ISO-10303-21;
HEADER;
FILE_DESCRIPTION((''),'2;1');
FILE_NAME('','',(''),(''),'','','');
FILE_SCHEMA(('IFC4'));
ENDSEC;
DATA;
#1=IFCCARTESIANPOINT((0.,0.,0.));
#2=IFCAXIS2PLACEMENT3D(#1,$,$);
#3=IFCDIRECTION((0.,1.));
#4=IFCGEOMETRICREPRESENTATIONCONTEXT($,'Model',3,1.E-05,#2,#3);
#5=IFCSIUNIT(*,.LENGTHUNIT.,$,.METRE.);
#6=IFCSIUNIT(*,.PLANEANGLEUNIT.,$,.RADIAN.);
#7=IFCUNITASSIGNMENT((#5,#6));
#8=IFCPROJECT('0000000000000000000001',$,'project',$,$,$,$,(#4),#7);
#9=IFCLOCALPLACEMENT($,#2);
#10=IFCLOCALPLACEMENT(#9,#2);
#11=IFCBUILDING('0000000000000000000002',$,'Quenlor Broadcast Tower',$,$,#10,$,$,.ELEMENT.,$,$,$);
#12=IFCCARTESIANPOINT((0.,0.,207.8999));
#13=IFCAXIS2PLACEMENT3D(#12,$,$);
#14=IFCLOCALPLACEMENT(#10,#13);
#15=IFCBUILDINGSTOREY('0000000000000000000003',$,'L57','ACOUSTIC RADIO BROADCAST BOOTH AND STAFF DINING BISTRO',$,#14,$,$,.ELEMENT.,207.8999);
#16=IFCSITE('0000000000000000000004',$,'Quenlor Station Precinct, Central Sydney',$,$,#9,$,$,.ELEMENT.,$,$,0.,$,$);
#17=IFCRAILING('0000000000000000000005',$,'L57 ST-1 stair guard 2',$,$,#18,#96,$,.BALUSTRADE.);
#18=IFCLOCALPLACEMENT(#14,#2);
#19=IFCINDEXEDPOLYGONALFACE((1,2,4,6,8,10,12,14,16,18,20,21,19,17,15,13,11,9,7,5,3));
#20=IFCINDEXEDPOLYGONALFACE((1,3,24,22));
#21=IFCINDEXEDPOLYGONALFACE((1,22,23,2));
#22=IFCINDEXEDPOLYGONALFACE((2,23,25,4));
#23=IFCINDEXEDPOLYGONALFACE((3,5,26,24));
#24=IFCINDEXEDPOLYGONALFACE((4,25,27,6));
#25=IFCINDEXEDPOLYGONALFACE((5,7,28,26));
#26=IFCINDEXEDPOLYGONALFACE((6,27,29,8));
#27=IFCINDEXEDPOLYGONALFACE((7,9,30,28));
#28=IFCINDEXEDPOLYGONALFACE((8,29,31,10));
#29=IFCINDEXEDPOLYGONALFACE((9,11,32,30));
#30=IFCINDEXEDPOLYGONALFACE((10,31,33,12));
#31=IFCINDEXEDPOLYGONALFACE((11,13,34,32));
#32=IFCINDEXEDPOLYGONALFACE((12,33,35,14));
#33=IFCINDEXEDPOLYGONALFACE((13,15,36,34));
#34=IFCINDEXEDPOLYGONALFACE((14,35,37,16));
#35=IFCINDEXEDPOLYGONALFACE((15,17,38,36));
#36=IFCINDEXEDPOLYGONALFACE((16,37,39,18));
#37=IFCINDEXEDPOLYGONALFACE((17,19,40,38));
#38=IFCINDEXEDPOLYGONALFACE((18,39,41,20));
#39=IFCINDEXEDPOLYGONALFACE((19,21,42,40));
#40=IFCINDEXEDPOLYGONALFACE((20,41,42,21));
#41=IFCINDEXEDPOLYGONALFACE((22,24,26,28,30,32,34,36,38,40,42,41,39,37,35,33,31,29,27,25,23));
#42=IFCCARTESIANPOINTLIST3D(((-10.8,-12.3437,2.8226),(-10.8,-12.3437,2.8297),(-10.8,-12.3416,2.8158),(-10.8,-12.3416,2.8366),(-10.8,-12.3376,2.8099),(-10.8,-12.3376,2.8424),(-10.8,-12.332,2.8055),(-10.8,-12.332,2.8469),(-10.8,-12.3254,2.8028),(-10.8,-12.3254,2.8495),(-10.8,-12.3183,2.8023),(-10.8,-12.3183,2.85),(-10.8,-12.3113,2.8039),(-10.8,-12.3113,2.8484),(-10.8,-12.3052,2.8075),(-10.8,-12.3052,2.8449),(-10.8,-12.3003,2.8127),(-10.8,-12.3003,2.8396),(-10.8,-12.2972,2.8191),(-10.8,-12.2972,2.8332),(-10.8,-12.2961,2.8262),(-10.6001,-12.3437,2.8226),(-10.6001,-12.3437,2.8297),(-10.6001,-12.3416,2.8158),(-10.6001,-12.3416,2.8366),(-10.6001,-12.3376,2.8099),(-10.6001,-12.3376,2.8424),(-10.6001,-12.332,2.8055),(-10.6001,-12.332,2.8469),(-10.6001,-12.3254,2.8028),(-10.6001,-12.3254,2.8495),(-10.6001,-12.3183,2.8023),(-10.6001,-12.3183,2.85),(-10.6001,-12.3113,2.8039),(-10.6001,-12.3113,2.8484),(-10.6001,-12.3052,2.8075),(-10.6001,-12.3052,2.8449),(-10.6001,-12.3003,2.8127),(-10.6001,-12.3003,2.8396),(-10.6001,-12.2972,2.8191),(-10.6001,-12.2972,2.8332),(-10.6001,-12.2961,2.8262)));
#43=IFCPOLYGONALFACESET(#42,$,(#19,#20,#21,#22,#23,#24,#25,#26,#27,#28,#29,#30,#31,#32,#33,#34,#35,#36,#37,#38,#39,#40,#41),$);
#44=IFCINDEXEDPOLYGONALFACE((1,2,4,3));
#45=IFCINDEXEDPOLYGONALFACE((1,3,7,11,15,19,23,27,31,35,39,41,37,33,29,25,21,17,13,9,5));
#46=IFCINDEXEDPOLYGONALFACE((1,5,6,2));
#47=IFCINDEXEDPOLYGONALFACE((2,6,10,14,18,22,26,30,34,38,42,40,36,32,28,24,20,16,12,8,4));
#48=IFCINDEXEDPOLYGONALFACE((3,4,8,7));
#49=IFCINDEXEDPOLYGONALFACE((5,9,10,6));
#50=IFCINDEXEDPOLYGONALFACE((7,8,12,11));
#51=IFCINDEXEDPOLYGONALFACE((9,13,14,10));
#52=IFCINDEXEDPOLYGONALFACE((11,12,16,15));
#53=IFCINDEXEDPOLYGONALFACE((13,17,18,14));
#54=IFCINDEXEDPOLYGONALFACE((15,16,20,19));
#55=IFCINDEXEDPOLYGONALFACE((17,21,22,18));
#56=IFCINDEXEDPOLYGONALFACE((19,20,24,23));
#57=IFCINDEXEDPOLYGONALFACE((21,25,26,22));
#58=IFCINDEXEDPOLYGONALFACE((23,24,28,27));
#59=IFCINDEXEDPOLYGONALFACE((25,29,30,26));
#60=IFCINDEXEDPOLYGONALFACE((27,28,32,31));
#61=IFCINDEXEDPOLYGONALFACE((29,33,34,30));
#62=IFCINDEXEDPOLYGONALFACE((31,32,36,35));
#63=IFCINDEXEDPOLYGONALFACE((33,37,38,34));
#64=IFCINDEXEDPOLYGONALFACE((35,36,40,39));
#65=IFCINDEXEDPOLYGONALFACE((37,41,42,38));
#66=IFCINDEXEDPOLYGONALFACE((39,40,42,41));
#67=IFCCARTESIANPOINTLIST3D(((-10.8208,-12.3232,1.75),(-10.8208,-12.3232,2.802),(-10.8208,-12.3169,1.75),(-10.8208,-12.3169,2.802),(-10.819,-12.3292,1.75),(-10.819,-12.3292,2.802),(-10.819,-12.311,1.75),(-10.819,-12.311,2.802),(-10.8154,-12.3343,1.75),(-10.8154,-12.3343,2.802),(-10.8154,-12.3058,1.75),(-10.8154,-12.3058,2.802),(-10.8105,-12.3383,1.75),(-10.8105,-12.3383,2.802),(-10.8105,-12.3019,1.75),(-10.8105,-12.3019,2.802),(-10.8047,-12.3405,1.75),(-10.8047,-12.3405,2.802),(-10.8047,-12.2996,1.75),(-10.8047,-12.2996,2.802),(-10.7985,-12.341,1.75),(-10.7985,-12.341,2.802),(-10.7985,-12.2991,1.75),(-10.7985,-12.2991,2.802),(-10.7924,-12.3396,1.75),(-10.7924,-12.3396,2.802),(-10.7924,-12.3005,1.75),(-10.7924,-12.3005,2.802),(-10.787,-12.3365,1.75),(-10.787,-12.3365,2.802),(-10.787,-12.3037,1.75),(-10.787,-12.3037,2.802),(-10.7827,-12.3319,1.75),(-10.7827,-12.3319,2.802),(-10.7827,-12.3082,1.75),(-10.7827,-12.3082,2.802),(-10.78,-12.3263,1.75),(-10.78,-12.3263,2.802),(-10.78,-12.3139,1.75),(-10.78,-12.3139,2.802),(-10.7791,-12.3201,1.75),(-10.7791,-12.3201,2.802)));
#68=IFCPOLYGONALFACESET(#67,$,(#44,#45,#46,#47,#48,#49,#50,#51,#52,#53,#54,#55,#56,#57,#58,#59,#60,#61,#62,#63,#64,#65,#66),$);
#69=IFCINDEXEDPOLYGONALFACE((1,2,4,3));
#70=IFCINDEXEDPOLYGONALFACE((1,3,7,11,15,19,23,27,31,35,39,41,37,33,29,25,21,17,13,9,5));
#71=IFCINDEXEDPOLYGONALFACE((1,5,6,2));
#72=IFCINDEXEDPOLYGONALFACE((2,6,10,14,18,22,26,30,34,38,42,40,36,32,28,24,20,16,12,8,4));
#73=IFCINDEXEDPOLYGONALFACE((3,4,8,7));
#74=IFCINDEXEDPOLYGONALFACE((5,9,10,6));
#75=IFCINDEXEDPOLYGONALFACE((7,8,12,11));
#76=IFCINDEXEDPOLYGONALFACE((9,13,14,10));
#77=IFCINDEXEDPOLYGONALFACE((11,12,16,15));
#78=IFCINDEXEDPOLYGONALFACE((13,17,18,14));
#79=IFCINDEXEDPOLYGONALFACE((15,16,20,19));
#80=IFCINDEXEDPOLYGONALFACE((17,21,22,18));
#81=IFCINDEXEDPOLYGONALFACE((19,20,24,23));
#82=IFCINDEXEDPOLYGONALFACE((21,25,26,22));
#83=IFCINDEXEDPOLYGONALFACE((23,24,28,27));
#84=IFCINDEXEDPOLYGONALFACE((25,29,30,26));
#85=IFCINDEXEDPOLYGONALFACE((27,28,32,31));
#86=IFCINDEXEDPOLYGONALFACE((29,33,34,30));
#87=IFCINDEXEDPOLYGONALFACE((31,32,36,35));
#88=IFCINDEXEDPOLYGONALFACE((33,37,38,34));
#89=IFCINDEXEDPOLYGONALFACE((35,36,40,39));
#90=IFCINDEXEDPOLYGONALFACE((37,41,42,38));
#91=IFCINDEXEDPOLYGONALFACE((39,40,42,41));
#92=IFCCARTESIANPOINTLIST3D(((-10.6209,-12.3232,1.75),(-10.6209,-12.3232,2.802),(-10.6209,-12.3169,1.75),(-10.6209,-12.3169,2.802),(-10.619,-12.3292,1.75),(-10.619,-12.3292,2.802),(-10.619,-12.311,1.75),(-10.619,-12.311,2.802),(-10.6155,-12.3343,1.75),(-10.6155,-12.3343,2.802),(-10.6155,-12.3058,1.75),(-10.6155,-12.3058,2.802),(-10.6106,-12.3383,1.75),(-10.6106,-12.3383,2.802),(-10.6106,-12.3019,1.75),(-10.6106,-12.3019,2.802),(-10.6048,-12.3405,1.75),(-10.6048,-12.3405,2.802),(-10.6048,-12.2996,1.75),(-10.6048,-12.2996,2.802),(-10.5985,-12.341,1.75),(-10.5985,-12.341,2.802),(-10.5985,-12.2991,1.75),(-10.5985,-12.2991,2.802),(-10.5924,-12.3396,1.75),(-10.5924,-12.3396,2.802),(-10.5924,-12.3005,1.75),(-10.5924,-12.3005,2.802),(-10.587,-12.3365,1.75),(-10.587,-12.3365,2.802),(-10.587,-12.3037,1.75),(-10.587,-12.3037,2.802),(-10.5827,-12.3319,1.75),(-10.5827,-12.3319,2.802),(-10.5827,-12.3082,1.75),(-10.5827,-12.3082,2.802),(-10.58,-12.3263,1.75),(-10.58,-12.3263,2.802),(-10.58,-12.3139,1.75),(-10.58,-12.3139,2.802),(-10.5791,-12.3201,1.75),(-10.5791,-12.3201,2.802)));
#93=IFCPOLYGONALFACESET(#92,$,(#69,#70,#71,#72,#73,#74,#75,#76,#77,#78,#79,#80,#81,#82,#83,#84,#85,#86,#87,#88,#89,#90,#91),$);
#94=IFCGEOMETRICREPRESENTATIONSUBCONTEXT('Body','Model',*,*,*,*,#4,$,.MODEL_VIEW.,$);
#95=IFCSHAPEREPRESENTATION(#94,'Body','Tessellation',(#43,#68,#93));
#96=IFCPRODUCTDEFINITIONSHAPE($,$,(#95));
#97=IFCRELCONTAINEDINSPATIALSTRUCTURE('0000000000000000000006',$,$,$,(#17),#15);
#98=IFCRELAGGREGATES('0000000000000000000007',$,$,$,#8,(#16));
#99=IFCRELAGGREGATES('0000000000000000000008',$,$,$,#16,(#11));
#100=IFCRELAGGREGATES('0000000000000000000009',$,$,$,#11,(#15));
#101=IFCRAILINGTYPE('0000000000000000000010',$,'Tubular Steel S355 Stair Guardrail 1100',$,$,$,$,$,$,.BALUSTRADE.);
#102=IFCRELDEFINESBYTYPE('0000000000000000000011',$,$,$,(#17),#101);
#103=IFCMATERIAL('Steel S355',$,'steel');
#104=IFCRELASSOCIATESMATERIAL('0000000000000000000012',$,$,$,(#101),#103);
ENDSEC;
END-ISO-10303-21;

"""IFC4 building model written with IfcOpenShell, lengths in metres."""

from ifc_helpers import new_model, si_unit, direction, frame, origin, origin_2d, place, context, subcontext, project, spatial, circle, extrude, material, type_object, element, save


model = new_model("IFC4")

# Units and contexts
model_context = context("Model", 3, precision=1e-05, world=origin(), true_north=direction((0.0, 1.0)))
body_context = subcontext(model_context, "Body", "Model", "MODEL_VIEW")
ifc_project = project(units=[si_unit("LENGTHUNIT", "METRE"), si_unit("PLANEANGLEUNIT", "RADIAN")], contexts=[model_context])

# Site, building, storey
site_placement = place(None, origin())
site = spatial("IfcSite", under=ifc_project, at=site_placement, Name="Quenlor Station Precinct, Central Sydney", CompositionType="ELEMENT", RefElevation=0.0)
building_placement = place(site_placement, origin())
building = spatial("IfcBuilding", under=site, at=building_placement, Name="Quenlor Broadcast Tower", CompositionType="ELEMENT")
storey_placement = place(building_placement, frame((0.0, 0.0, 207.8999)))
storey = spatial("IfcBuildingStorey", under=building, at=storey_placement, Name="L57", Description="ACOUSTIC RADIO BROADCAST BOOTH AND STAFF DINING BISTRO", CompositionType="ELEMENT", Elevation=207.8999)

# Railing
ifc_material_1 = material(Name="Steel S355", Category="steel")
railing_type_1 = type_object("IfcRailingType", Name="Tubular Steel S355 Stair Guardrail 1100", PredefinedType="BALUSTRADE", material=ifc_material_1)
railing_1_placement = place(storey_placement, frame((-10.8, -12.3201, 1.75)))
element("IfcRailing", 1, at=railing_1_placement, inside=storey, type_object=railing_type_1, Name="L57 ST-1 stair guard 2", PredefinedType="BALUSTRADE", context=body_context, shape_type="SweptSolid", body=[
    extrude(circle(Radius=0.0239, at=origin_2d()), frame((0.0, 0.0, 1.0762), z_axis=(1.0, 0.0, 0.0), x_axis=(0.0, 1.0, 0.0)), (0.0, 0.0, 1.0), 0.2),
    extrude(circle(Radius=0.021, at=origin_2d()), origin(), (0.0, 0.0, 1.0), 1.052),
    extrude(circle(Radius=0.021, at=origin_2d()), frame((0.2, 0.0, 0.0)), (0.0, 0.0, 1.0), 1.052),
])

save(model, "model.ifc")
